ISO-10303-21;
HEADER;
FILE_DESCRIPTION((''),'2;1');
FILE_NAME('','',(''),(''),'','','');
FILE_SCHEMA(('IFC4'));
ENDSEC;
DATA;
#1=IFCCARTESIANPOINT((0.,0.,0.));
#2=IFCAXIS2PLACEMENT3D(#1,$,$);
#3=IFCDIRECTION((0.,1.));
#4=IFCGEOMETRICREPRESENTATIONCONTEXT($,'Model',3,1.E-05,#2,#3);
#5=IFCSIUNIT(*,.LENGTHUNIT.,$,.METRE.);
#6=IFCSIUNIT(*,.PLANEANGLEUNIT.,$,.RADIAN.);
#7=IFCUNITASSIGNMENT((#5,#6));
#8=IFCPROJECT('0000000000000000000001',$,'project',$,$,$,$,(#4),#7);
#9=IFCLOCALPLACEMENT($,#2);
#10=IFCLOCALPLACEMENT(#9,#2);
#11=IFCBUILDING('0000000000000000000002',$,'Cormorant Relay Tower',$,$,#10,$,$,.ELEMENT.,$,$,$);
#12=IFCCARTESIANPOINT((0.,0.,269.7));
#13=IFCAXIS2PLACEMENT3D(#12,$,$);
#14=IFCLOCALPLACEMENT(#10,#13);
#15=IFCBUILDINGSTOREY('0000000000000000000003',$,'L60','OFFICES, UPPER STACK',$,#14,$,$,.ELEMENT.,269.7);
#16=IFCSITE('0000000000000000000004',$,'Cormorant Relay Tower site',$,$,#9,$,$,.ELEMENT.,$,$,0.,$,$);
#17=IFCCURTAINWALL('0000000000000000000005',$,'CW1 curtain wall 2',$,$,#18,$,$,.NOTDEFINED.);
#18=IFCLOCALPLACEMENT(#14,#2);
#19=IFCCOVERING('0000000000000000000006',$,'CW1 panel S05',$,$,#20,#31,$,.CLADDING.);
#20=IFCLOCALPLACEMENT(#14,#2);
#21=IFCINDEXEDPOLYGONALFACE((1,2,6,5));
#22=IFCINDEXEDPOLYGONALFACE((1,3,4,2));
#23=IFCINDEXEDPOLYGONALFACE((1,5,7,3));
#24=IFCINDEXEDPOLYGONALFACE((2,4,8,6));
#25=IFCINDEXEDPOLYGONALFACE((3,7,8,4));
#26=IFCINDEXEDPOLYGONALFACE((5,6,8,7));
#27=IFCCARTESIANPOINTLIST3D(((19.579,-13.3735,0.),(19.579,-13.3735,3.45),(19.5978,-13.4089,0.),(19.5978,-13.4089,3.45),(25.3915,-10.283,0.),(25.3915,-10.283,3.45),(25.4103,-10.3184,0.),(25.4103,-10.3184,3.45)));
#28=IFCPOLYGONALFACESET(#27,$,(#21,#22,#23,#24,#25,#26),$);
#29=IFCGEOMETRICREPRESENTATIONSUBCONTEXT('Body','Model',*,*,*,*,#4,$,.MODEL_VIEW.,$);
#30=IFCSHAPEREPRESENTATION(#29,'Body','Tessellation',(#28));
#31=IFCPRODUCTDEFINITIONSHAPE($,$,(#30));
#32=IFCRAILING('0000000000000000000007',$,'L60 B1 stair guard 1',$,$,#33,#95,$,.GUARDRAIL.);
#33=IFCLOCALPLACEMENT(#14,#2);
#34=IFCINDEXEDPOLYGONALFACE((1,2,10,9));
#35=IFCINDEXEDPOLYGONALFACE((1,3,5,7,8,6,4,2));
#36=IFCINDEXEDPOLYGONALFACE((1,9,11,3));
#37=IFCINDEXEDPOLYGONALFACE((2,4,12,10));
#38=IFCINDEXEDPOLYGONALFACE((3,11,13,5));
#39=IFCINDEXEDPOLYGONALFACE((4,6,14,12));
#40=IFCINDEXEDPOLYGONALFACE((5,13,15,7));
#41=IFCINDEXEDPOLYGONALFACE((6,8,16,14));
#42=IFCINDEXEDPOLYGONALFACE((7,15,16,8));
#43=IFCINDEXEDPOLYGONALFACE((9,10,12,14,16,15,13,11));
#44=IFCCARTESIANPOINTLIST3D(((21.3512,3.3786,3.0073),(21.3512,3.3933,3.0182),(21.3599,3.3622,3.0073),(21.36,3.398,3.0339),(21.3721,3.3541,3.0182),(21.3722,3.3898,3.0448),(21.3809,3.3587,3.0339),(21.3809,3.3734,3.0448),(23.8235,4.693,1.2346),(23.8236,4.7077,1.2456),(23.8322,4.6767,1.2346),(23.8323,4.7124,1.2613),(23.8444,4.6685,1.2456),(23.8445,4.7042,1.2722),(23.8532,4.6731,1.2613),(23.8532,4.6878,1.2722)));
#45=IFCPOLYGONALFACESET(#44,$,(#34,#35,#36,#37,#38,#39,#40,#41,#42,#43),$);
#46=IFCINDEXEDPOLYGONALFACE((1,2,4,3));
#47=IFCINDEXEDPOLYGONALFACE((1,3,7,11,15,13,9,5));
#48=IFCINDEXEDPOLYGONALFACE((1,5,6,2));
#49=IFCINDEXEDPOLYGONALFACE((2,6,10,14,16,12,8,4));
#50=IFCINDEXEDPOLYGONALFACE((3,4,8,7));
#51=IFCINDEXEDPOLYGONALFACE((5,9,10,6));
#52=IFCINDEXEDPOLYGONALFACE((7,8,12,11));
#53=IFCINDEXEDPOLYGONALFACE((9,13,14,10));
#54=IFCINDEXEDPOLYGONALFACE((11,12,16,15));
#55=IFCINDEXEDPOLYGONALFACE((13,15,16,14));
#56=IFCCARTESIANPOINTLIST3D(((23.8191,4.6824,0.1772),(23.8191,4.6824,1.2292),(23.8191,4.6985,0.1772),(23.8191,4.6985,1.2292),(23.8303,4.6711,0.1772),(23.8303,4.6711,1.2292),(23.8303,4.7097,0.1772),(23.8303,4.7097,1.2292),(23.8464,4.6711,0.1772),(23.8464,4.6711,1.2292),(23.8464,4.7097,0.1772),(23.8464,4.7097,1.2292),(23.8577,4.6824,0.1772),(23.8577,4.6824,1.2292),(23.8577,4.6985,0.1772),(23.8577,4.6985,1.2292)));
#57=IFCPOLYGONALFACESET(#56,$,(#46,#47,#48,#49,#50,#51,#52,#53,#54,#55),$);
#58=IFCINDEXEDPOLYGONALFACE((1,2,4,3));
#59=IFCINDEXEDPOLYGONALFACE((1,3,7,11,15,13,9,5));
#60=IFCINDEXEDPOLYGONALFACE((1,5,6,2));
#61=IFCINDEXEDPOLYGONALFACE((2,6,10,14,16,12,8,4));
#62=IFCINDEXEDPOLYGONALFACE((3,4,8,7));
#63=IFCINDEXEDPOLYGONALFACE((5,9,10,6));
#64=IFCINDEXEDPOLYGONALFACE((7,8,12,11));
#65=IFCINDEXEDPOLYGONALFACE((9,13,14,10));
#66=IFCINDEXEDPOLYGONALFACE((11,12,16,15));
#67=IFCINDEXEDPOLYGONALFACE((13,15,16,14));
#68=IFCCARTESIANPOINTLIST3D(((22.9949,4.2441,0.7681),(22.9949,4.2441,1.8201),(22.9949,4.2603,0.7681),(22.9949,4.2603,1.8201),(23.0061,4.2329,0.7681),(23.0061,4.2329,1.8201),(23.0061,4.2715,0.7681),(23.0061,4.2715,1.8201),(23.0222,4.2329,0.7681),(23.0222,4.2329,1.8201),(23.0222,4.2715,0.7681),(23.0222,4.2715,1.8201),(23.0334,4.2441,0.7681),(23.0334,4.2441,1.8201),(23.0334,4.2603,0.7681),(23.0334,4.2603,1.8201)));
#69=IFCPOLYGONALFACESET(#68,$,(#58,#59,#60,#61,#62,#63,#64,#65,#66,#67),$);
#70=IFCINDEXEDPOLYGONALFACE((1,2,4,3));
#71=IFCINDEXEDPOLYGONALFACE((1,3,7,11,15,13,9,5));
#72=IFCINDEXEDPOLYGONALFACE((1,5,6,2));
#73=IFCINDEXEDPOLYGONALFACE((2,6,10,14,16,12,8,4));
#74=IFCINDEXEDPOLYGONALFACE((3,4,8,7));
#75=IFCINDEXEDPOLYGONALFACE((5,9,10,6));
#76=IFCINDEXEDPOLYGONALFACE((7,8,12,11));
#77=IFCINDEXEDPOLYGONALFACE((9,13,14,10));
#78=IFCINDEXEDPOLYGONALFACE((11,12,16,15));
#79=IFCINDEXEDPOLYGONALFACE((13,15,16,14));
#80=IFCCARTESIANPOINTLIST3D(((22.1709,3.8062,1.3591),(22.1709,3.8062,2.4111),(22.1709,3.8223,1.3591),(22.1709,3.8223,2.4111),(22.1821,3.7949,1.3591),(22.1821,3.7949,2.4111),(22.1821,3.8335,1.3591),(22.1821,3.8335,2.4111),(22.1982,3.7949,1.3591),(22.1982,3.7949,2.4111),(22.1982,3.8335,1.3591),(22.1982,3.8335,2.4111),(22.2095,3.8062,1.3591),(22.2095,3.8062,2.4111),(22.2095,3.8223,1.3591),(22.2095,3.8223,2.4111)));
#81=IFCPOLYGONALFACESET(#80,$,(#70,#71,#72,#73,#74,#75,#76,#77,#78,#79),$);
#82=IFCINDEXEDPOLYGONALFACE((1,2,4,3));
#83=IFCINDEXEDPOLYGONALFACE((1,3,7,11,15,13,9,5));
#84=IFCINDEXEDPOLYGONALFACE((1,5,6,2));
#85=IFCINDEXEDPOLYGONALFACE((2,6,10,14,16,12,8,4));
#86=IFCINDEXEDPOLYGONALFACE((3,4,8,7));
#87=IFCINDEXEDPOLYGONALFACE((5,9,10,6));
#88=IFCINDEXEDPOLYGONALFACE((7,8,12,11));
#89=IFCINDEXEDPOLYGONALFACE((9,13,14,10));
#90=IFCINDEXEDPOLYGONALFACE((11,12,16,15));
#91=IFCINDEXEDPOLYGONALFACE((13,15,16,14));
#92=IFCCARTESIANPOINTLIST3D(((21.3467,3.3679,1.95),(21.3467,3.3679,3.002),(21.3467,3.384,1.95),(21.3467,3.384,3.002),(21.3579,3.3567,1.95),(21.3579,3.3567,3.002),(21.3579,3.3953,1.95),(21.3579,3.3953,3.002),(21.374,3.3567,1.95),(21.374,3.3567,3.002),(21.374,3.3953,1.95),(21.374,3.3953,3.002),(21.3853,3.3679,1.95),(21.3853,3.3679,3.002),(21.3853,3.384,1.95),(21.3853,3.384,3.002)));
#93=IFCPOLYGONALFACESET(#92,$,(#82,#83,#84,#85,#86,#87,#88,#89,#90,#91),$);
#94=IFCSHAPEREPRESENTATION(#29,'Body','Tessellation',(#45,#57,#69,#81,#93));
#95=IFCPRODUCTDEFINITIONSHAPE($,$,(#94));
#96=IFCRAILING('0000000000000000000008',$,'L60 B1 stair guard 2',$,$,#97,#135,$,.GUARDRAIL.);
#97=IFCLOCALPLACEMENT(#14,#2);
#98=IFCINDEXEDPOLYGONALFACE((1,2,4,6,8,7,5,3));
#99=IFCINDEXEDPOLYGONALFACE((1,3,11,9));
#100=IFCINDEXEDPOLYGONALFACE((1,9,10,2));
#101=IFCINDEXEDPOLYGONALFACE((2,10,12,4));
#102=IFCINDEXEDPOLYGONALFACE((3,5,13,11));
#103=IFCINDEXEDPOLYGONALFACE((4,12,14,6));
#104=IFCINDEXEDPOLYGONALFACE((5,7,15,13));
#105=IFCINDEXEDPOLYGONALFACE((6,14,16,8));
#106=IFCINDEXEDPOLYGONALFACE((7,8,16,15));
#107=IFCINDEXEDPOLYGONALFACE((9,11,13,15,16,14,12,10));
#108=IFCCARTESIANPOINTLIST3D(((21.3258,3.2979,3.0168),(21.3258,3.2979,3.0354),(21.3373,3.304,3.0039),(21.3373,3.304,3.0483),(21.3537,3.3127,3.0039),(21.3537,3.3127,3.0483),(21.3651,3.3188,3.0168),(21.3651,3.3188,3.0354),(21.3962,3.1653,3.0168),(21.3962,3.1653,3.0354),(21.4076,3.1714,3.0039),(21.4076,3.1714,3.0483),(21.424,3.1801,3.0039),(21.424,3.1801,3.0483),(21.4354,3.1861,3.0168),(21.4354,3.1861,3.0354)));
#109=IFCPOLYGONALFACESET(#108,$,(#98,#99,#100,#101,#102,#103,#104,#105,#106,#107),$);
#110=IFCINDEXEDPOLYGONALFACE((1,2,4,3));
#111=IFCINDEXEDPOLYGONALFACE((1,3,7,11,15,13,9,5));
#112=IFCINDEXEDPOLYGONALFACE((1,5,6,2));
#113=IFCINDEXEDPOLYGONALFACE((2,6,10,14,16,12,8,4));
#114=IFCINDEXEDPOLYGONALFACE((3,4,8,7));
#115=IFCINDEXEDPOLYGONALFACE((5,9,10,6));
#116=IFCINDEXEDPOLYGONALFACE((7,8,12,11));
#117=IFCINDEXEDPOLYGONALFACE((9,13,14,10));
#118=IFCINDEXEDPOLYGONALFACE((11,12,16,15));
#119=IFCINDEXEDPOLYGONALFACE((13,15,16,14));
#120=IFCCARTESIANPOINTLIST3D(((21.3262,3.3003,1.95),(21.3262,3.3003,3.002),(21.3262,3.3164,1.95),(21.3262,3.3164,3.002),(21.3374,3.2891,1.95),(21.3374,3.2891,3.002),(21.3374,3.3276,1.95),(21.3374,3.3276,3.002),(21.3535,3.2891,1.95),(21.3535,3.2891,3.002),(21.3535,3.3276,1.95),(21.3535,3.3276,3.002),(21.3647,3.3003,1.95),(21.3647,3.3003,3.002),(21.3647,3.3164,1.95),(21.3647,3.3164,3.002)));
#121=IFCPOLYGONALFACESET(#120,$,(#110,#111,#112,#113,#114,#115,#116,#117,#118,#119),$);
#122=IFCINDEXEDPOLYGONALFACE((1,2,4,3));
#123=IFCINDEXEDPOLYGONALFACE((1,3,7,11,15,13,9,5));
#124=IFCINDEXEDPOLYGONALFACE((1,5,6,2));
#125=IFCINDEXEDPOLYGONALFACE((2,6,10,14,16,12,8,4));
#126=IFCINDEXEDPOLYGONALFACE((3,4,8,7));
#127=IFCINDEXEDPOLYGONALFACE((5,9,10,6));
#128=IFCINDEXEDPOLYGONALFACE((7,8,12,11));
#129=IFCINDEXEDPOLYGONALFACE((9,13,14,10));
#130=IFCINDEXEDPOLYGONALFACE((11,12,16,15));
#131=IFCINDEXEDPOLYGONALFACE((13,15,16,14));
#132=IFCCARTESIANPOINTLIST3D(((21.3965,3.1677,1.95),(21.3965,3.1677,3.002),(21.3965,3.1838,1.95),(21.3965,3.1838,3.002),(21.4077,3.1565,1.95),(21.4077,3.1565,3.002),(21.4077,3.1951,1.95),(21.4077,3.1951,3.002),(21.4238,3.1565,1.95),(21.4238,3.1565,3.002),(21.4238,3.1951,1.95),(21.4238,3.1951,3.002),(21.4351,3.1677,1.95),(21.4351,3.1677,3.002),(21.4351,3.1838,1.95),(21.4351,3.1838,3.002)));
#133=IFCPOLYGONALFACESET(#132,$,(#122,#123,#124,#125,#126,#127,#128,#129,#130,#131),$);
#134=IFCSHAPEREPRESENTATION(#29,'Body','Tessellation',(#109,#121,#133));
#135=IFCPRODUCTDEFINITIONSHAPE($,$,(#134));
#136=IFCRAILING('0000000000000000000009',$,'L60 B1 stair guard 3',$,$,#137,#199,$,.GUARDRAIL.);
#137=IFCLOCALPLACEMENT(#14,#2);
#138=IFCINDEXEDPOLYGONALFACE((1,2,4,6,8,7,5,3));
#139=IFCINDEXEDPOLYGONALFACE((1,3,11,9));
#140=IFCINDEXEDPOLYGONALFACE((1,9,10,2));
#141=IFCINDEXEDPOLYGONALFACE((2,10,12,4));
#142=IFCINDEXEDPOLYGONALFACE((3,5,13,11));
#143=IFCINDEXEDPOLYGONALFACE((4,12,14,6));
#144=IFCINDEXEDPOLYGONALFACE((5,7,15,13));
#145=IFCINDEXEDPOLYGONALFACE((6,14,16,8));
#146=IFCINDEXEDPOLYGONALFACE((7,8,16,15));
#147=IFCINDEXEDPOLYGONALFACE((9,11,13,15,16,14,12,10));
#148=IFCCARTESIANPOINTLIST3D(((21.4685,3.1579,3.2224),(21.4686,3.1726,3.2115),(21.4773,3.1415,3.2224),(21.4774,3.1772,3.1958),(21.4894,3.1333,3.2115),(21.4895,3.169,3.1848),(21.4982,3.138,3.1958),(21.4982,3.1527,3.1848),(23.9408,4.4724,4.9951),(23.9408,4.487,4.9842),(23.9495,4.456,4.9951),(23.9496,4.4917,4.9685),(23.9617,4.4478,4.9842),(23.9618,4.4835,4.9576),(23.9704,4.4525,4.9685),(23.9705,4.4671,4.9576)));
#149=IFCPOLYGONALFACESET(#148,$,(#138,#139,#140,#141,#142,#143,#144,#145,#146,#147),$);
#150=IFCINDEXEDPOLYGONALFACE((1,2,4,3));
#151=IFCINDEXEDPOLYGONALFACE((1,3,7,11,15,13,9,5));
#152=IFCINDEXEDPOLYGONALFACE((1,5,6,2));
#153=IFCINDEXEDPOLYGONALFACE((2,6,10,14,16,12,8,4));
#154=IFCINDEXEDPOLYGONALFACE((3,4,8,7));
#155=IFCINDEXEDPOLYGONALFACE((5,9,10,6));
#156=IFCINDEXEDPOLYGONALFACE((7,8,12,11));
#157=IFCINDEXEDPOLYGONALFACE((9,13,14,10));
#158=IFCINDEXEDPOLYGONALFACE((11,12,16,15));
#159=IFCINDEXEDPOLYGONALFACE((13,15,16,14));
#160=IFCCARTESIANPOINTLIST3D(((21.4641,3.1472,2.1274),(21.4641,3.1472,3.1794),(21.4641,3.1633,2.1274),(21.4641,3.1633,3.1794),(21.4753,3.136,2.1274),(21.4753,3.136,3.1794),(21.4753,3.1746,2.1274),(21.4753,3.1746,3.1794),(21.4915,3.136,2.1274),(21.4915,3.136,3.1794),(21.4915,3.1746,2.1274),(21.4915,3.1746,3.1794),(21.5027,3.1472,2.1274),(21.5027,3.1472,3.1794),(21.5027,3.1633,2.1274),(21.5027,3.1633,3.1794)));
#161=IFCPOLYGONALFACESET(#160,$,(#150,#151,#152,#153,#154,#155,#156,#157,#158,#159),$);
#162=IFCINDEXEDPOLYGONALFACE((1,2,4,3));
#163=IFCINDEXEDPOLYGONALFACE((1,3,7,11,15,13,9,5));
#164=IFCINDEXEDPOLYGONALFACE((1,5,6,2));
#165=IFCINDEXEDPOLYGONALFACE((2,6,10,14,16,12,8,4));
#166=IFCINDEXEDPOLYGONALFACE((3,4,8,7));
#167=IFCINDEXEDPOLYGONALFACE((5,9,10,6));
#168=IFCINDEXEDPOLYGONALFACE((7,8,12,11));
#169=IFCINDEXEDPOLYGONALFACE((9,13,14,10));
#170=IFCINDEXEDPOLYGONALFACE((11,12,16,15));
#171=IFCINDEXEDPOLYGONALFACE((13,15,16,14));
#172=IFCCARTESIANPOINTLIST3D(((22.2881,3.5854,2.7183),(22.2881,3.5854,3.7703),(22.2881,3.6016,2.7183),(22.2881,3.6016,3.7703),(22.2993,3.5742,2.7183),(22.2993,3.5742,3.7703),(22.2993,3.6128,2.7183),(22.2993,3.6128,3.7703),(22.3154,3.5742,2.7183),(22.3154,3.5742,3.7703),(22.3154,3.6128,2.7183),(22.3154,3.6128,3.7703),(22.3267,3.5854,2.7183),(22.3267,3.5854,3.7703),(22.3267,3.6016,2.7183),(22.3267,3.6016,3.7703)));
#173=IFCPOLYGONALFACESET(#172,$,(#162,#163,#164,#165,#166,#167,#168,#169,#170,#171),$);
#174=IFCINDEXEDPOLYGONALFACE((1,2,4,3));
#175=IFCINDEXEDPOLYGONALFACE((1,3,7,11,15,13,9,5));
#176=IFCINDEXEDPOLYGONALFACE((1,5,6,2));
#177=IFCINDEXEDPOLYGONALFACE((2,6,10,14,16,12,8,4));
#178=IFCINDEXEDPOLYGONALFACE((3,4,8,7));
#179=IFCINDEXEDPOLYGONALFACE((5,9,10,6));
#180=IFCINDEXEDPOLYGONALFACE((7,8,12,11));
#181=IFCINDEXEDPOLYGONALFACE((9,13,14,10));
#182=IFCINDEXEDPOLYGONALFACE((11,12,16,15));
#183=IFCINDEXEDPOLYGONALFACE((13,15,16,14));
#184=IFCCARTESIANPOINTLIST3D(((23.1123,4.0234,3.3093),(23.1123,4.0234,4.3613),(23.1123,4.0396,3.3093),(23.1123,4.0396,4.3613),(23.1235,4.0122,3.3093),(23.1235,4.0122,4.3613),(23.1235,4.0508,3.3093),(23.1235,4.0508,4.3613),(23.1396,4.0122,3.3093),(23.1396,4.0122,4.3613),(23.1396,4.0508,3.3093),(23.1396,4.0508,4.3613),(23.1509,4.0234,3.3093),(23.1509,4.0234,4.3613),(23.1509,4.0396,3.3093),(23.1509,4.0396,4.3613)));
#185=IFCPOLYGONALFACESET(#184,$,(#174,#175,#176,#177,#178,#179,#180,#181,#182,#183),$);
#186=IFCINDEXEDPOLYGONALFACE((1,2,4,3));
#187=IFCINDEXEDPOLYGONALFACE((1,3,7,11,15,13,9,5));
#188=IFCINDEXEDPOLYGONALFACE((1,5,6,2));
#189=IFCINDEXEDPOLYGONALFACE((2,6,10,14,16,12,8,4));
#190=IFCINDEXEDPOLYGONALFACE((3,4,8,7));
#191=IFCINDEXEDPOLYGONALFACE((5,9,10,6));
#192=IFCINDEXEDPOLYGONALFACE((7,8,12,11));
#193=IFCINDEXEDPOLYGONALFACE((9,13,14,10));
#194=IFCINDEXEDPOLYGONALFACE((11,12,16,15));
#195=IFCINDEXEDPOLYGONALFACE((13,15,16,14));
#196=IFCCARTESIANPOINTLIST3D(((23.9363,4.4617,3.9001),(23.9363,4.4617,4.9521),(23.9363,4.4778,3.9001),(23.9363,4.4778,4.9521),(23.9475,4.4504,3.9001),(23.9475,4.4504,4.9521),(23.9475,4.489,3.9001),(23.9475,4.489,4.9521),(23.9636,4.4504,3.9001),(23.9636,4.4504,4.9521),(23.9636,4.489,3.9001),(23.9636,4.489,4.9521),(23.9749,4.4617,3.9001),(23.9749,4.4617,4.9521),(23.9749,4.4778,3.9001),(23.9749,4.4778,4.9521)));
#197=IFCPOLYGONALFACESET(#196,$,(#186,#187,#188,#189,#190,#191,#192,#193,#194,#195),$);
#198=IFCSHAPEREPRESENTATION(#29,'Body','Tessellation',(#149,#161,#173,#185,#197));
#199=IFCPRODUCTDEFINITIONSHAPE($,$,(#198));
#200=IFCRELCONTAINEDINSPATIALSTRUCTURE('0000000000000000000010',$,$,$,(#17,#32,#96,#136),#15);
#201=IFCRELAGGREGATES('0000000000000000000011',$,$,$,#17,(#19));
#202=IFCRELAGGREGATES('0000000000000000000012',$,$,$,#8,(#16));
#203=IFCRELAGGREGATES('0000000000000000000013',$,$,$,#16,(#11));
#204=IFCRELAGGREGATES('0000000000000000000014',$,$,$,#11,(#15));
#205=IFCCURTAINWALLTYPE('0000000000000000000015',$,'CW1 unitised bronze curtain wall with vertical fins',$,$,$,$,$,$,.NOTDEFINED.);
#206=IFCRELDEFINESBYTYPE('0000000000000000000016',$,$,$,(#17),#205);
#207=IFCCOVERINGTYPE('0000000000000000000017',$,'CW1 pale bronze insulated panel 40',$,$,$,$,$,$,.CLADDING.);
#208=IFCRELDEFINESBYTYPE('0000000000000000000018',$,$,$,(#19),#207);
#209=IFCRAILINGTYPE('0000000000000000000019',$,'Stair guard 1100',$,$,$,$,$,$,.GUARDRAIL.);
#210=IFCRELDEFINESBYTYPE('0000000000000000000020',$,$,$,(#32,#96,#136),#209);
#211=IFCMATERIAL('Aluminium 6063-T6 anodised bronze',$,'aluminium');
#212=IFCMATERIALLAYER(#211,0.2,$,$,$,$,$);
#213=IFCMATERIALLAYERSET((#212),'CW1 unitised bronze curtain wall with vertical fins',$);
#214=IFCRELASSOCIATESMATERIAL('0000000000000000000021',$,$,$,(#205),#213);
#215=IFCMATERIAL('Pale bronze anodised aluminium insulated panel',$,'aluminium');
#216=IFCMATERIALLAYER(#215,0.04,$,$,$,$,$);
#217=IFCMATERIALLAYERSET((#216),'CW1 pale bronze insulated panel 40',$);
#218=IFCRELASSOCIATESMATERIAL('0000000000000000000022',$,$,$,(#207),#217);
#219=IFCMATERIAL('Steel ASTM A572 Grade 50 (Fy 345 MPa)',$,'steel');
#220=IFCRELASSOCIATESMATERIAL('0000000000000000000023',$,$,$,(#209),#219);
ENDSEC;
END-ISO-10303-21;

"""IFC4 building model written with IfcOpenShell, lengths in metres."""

from ifc_helpers import new_model, si_unit, direction, frame, origin, origin_2d, place, context, subcontext, project, spatial, polyline, rectangle, outline, extrude, material, layer, layer_set, type_object, element, aggregate, save


model = new_model("IFC4")

# Units and contexts
model_context = context("Model", 3, precision=1e-05, world=origin(), true_north=direction((0.0, 1.0)))
body_context = subcontext(model_context, "Body", "Model", "MODEL_VIEW")
ifc_project = project(units=[si_unit("LENGTHUNIT", "METRE"), si_unit("PLANEANGLEUNIT", "RADIAN")], contexts=[model_context])

# Site, building, storey
site_placement = place(None, origin())
site = spatial("IfcSite", under=ifc_project, at=site_placement, Name="Cormorant Relay Tower site", CompositionType="ELEMENT", RefElevation=0.0)
building_placement = place(site_placement, origin())
building = spatial("IfcBuilding", under=site, at=building_placement, Name="Cormorant Relay Tower", CompositionType="ELEMENT")
storey_placement = place(building_placement, frame((0.0, 0.0, 269.7)))
storey = spatial("IfcBuildingStorey", under=building, at=storey_placement, Name="L60", Description="OFFICES, UPPER STACK", CompositionType="ELEMENT", Elevation=269.7)

# Curtain wall
ifc_material_1 = material(Name="Aluminium 6063-T6 anodised bronze", Category="aluminium")
ifc_layer_1 = layer(ifc_material_1, 0.2)
ifc_layer_set_1 = layer_set([ifc_layer_1], Name="CW1 unitised bronze curtain wall with vertical fins")
curtain_wall_type = type_object("IfcCurtainWallType", Name="CW1 unitised bronze curtain wall with vertical fins", PredefinedType="NOTDEFINED", material=ifc_layer_set_1)
curtain_wall_placement = place(storey_placement, origin())
curtain_wall = element("IfcCurtainWall", 1, at=curtain_wall_placement, inside=storey, type_object=curtain_wall_type, Name="CW1 curtain wall 2", PredefinedType="NOTDEFINED")

# Covering
ifc_material_2 = material(Name="Pale bronze anodised aluminium insulated panel", Category="aluminium")
ifc_layer_2 = layer(ifc_material_2, 0.04)
ifc_layer_set_2 = layer_set([ifc_layer_2], Name="CW1 pale bronze insulated panel 40")
covering_type = type_object("IfcCoveringType", Name="CW1 pale bronze insulated panel 40", PredefinedType="CLADDING", material=ifc_layer_set_2)
covering_placement = place(storey_placement, frame((22.4946, -11.8459, 0.0), z_axis=(0.0, 0.0, 1.0), x_axis=(0.882948, 0.469472, 0.0)))
covering = element("IfcCovering", 2, at=covering_placement, type_object=covering_type, Name="CW1 panel S05", PredefinedType="CLADDING", context=body_context, shape_type="SweptSolid", body=[
    extrude(rectangle(XDim=6.583, YDim=0.04, at=origin_2d()), origin(), (0.0, 0.0, 1.0), 3.45),
])
aggregate(curtain_wall, [covering])

# Railings
ifc_material_3 = material(Name="Steel ASTM A572 Grade 50 (Fy 345 MPa)", Category="steel")
railing_type_1 = type_object("IfcRailingType", Name="Stair guard 1100", PredefinedType="GUARDRAIL", material=ifc_material_3)
railing_1_placement = place(storey_placement, frame((23.8384, 4.6904, 0.1772)))
element("IfcRailing", 3, at=railing_1_placement, inside=storey, type_object=railing_type_1, Name="L60 B1 stair guard 1", PredefinedType="GUARDRAIL", context=body_context, shape_type="SweptSolid", body=[
    extrude(outline(polyline([(0.0222, 0.0093), (0.0093, 0.0222), (-0.0093, 0.0222), (-0.0222, 0.0093), (-0.0222, -0.0093), (-0.0093, -0.0222), (0.0093, -0.0222), (0.0222, -0.0093), (0.0222, 0.0093)])), frame((0.0, 0.0, 1.0762), z_axis=(-0.746034, -0.396627, 0.534902), x_axis=(0.469429, -0.88297, 0.0)), (0.0, 0.0, 1.0), 3.314),
    extrude(outline(polyline([(0.0193, 0.0081), (0.0081, 0.0193), (-0.0081, 0.0193), (-0.0193, 0.0081), (-0.0193, -0.0081), (-0.0081, -0.0193), (0.0081, -0.0193), (0.0193, -0.0081), (0.0193, 0.0081)])), origin(), (0.0, 0.0, 1.0), 1.052),
    extrude(outline(polyline([(0.0193, 0.0081), (0.0081, 0.0193), (-0.0081, 0.0193), (-0.0193, 0.0081), (-0.0193, -0.0081), (-0.0081, -0.0193), (0.0081, -0.0193), (0.0193, -0.0081), (0.0193, 0.0081)])), frame((-0.8242, -0.4382, 0.5908)), (0.0, 0.0, 1.0), 1.052),
    extrude(outline(polyline([(0.0193, 0.0081), (0.0081, 0.0193), (-0.0081, 0.0193), (-0.0193, 0.0081), (-0.0193, -0.0081), (-0.0081, -0.0193), (0.0081, -0.0193), (0.0193, -0.0081), (0.0193, 0.0081)])), frame((-1.6482, -0.8762, 1.1819)), (0.0, 0.0, 1.0), 1.052),
    extrude(outline(polyline([(0.0193, 0.0081), (0.0081, 0.0193), (-0.0081, 0.0193), (-0.0193, 0.0081), (-0.0193, -0.0081), (-0.0081, -0.0193), (0.0081, -0.0193), (0.0193, -0.0081), (0.0193, 0.0081)])), frame((-2.4724, -1.3145, 1.7727)), (0.0, 0.0, 1.0), 1.052),
])
railing_2_placement = place(storey_placement, frame((21.3455, 3.3083, 1.95)))
element("IfcRailing", 4, at=railing_2_placement, inside=storey, type_object=railing_type_1, Name="L60 B1 stair guard 2", PredefinedType="GUARDRAIL", context=body_context, shape_type="SweptSolid", body=[
    extrude(outline(polyline([(0.0222, 0.0093), (0.0093, 0.0222), (-0.0093, 0.0222), (-0.0222, 0.0093), (-0.0222, -0.0093), (-0.0093, -0.0222), (0.0093, -0.0222), (0.0222, -0.0093), (0.0222, 0.0093)])), frame((0.0, 0.0, 1.0762), z_axis=(0.46856, -0.883431, 0.0), x_axis=(0.883431, 0.46856, 0.0)), (0.0, 0.0, 1.0), 0.1501),
    extrude(outline(polyline([(0.0193, 0.0081), (0.0081, 0.0193), (-0.0081, 0.0193), (-0.0193, 0.0081), (-0.0193, -0.0081), (-0.0081, -0.0193), (0.0081, -0.0193), (0.0193, -0.0081), (0.0193, 0.0081)])), origin(), (0.0, 0.0, 1.0), 1.052),
    extrude(outline(polyline([(0.0193, 0.0081), (0.0081, 0.0193), (-0.0081, 0.0193), (-0.0193, 0.0081), (-0.0193, -0.0081), (-0.0081, -0.0193), (0.0081, -0.0193), (0.0193, -0.0081), (0.0193, 0.0081)])), frame((0.0703, -0.1326, 0.0)), (0.0, 0.0, 1.0), 1.052),
])
railing_3_placement = place(storey_placement, frame((21.4834, 3.1553, 2.1274)))
element("IfcRailing", 5, at=railing_3_placement, inside=storey, type_object=railing_type_1, Name="L60 B1 stair guard 3", PredefinedType="GUARDRAIL", context=body_context, shape_type="SweptSolid", body=[
    extrude(outline(polyline([(0.0222, 0.0093), (0.0093, 0.0222), (-0.0093, 0.0222), (-0.0222, 0.0093), (-0.0222, -0.0093), (-0.0093, -0.0222), (0.0093, -0.0222), (0.0222, -0.0093), (0.0222, 0.0093)])), frame((0.0, 0.0, 1.0762), z_axis=(0.746001, 0.396649, 0.534931), x_axis=(-0.469465, 0.882951, 0.0)), (0.0, 0.0, 1.0), 3.314),
    extrude(outline(polyline([(0.0193, 0.0081), (0.0081, 0.0193), (-0.0081, 0.0193), (-0.0193, 0.0081), (-0.0193, -0.0081), (-0.0081, -0.0193), (0.0081, -0.0193), (0.0193, -0.0081), (0.0193, 0.0081)])), origin(), (0.0, 0.0, 1.0), 1.052),
    extrude(outline(polyline([(0.0193, 0.0081), (0.0081, 0.0193), (-0.0081, 0.0193), (-0.0193, 0.0081), (-0.0193, -0.0081), (-0.0081, -0.0193), (0.0081, -0.0193), (0.0193, -0.0081), (0.0193, 0.0081)])), frame((0.824, 0.4382, 0.5908)), (0.0, 0.0, 1.0), 1.052),
    extrude(outline(polyline([(0.0193, 0.0081), (0.0081, 0.0193), (-0.0081, 0.0193), (-0.0193, 0.0081), (-0.0193, -0.0081), (-0.0081, -0.0193), (0.0081, -0.0193), (0.0193, -0.0081), (0.0193, 0.0081)])), frame((1.6482, 0.8762, 1.1819)), (0.0, 0.0, 1.0), 1.052),
    extrude(outline(polyline([(0.0193, 0.0081), (0.0081, 0.0193), (-0.0081, 0.0193), (-0.0193, 0.0081), (-0.0193, -0.0081), (-0.0081, -0.0193), (0.0081, -0.0193), (0.0193, -0.0081), (0.0193, 0.0081)])), frame((2.4722, 1.3145, 1.7727)), (0.0, 0.0, 1.0), 1.052),
])

save(model, "model.ifc")
